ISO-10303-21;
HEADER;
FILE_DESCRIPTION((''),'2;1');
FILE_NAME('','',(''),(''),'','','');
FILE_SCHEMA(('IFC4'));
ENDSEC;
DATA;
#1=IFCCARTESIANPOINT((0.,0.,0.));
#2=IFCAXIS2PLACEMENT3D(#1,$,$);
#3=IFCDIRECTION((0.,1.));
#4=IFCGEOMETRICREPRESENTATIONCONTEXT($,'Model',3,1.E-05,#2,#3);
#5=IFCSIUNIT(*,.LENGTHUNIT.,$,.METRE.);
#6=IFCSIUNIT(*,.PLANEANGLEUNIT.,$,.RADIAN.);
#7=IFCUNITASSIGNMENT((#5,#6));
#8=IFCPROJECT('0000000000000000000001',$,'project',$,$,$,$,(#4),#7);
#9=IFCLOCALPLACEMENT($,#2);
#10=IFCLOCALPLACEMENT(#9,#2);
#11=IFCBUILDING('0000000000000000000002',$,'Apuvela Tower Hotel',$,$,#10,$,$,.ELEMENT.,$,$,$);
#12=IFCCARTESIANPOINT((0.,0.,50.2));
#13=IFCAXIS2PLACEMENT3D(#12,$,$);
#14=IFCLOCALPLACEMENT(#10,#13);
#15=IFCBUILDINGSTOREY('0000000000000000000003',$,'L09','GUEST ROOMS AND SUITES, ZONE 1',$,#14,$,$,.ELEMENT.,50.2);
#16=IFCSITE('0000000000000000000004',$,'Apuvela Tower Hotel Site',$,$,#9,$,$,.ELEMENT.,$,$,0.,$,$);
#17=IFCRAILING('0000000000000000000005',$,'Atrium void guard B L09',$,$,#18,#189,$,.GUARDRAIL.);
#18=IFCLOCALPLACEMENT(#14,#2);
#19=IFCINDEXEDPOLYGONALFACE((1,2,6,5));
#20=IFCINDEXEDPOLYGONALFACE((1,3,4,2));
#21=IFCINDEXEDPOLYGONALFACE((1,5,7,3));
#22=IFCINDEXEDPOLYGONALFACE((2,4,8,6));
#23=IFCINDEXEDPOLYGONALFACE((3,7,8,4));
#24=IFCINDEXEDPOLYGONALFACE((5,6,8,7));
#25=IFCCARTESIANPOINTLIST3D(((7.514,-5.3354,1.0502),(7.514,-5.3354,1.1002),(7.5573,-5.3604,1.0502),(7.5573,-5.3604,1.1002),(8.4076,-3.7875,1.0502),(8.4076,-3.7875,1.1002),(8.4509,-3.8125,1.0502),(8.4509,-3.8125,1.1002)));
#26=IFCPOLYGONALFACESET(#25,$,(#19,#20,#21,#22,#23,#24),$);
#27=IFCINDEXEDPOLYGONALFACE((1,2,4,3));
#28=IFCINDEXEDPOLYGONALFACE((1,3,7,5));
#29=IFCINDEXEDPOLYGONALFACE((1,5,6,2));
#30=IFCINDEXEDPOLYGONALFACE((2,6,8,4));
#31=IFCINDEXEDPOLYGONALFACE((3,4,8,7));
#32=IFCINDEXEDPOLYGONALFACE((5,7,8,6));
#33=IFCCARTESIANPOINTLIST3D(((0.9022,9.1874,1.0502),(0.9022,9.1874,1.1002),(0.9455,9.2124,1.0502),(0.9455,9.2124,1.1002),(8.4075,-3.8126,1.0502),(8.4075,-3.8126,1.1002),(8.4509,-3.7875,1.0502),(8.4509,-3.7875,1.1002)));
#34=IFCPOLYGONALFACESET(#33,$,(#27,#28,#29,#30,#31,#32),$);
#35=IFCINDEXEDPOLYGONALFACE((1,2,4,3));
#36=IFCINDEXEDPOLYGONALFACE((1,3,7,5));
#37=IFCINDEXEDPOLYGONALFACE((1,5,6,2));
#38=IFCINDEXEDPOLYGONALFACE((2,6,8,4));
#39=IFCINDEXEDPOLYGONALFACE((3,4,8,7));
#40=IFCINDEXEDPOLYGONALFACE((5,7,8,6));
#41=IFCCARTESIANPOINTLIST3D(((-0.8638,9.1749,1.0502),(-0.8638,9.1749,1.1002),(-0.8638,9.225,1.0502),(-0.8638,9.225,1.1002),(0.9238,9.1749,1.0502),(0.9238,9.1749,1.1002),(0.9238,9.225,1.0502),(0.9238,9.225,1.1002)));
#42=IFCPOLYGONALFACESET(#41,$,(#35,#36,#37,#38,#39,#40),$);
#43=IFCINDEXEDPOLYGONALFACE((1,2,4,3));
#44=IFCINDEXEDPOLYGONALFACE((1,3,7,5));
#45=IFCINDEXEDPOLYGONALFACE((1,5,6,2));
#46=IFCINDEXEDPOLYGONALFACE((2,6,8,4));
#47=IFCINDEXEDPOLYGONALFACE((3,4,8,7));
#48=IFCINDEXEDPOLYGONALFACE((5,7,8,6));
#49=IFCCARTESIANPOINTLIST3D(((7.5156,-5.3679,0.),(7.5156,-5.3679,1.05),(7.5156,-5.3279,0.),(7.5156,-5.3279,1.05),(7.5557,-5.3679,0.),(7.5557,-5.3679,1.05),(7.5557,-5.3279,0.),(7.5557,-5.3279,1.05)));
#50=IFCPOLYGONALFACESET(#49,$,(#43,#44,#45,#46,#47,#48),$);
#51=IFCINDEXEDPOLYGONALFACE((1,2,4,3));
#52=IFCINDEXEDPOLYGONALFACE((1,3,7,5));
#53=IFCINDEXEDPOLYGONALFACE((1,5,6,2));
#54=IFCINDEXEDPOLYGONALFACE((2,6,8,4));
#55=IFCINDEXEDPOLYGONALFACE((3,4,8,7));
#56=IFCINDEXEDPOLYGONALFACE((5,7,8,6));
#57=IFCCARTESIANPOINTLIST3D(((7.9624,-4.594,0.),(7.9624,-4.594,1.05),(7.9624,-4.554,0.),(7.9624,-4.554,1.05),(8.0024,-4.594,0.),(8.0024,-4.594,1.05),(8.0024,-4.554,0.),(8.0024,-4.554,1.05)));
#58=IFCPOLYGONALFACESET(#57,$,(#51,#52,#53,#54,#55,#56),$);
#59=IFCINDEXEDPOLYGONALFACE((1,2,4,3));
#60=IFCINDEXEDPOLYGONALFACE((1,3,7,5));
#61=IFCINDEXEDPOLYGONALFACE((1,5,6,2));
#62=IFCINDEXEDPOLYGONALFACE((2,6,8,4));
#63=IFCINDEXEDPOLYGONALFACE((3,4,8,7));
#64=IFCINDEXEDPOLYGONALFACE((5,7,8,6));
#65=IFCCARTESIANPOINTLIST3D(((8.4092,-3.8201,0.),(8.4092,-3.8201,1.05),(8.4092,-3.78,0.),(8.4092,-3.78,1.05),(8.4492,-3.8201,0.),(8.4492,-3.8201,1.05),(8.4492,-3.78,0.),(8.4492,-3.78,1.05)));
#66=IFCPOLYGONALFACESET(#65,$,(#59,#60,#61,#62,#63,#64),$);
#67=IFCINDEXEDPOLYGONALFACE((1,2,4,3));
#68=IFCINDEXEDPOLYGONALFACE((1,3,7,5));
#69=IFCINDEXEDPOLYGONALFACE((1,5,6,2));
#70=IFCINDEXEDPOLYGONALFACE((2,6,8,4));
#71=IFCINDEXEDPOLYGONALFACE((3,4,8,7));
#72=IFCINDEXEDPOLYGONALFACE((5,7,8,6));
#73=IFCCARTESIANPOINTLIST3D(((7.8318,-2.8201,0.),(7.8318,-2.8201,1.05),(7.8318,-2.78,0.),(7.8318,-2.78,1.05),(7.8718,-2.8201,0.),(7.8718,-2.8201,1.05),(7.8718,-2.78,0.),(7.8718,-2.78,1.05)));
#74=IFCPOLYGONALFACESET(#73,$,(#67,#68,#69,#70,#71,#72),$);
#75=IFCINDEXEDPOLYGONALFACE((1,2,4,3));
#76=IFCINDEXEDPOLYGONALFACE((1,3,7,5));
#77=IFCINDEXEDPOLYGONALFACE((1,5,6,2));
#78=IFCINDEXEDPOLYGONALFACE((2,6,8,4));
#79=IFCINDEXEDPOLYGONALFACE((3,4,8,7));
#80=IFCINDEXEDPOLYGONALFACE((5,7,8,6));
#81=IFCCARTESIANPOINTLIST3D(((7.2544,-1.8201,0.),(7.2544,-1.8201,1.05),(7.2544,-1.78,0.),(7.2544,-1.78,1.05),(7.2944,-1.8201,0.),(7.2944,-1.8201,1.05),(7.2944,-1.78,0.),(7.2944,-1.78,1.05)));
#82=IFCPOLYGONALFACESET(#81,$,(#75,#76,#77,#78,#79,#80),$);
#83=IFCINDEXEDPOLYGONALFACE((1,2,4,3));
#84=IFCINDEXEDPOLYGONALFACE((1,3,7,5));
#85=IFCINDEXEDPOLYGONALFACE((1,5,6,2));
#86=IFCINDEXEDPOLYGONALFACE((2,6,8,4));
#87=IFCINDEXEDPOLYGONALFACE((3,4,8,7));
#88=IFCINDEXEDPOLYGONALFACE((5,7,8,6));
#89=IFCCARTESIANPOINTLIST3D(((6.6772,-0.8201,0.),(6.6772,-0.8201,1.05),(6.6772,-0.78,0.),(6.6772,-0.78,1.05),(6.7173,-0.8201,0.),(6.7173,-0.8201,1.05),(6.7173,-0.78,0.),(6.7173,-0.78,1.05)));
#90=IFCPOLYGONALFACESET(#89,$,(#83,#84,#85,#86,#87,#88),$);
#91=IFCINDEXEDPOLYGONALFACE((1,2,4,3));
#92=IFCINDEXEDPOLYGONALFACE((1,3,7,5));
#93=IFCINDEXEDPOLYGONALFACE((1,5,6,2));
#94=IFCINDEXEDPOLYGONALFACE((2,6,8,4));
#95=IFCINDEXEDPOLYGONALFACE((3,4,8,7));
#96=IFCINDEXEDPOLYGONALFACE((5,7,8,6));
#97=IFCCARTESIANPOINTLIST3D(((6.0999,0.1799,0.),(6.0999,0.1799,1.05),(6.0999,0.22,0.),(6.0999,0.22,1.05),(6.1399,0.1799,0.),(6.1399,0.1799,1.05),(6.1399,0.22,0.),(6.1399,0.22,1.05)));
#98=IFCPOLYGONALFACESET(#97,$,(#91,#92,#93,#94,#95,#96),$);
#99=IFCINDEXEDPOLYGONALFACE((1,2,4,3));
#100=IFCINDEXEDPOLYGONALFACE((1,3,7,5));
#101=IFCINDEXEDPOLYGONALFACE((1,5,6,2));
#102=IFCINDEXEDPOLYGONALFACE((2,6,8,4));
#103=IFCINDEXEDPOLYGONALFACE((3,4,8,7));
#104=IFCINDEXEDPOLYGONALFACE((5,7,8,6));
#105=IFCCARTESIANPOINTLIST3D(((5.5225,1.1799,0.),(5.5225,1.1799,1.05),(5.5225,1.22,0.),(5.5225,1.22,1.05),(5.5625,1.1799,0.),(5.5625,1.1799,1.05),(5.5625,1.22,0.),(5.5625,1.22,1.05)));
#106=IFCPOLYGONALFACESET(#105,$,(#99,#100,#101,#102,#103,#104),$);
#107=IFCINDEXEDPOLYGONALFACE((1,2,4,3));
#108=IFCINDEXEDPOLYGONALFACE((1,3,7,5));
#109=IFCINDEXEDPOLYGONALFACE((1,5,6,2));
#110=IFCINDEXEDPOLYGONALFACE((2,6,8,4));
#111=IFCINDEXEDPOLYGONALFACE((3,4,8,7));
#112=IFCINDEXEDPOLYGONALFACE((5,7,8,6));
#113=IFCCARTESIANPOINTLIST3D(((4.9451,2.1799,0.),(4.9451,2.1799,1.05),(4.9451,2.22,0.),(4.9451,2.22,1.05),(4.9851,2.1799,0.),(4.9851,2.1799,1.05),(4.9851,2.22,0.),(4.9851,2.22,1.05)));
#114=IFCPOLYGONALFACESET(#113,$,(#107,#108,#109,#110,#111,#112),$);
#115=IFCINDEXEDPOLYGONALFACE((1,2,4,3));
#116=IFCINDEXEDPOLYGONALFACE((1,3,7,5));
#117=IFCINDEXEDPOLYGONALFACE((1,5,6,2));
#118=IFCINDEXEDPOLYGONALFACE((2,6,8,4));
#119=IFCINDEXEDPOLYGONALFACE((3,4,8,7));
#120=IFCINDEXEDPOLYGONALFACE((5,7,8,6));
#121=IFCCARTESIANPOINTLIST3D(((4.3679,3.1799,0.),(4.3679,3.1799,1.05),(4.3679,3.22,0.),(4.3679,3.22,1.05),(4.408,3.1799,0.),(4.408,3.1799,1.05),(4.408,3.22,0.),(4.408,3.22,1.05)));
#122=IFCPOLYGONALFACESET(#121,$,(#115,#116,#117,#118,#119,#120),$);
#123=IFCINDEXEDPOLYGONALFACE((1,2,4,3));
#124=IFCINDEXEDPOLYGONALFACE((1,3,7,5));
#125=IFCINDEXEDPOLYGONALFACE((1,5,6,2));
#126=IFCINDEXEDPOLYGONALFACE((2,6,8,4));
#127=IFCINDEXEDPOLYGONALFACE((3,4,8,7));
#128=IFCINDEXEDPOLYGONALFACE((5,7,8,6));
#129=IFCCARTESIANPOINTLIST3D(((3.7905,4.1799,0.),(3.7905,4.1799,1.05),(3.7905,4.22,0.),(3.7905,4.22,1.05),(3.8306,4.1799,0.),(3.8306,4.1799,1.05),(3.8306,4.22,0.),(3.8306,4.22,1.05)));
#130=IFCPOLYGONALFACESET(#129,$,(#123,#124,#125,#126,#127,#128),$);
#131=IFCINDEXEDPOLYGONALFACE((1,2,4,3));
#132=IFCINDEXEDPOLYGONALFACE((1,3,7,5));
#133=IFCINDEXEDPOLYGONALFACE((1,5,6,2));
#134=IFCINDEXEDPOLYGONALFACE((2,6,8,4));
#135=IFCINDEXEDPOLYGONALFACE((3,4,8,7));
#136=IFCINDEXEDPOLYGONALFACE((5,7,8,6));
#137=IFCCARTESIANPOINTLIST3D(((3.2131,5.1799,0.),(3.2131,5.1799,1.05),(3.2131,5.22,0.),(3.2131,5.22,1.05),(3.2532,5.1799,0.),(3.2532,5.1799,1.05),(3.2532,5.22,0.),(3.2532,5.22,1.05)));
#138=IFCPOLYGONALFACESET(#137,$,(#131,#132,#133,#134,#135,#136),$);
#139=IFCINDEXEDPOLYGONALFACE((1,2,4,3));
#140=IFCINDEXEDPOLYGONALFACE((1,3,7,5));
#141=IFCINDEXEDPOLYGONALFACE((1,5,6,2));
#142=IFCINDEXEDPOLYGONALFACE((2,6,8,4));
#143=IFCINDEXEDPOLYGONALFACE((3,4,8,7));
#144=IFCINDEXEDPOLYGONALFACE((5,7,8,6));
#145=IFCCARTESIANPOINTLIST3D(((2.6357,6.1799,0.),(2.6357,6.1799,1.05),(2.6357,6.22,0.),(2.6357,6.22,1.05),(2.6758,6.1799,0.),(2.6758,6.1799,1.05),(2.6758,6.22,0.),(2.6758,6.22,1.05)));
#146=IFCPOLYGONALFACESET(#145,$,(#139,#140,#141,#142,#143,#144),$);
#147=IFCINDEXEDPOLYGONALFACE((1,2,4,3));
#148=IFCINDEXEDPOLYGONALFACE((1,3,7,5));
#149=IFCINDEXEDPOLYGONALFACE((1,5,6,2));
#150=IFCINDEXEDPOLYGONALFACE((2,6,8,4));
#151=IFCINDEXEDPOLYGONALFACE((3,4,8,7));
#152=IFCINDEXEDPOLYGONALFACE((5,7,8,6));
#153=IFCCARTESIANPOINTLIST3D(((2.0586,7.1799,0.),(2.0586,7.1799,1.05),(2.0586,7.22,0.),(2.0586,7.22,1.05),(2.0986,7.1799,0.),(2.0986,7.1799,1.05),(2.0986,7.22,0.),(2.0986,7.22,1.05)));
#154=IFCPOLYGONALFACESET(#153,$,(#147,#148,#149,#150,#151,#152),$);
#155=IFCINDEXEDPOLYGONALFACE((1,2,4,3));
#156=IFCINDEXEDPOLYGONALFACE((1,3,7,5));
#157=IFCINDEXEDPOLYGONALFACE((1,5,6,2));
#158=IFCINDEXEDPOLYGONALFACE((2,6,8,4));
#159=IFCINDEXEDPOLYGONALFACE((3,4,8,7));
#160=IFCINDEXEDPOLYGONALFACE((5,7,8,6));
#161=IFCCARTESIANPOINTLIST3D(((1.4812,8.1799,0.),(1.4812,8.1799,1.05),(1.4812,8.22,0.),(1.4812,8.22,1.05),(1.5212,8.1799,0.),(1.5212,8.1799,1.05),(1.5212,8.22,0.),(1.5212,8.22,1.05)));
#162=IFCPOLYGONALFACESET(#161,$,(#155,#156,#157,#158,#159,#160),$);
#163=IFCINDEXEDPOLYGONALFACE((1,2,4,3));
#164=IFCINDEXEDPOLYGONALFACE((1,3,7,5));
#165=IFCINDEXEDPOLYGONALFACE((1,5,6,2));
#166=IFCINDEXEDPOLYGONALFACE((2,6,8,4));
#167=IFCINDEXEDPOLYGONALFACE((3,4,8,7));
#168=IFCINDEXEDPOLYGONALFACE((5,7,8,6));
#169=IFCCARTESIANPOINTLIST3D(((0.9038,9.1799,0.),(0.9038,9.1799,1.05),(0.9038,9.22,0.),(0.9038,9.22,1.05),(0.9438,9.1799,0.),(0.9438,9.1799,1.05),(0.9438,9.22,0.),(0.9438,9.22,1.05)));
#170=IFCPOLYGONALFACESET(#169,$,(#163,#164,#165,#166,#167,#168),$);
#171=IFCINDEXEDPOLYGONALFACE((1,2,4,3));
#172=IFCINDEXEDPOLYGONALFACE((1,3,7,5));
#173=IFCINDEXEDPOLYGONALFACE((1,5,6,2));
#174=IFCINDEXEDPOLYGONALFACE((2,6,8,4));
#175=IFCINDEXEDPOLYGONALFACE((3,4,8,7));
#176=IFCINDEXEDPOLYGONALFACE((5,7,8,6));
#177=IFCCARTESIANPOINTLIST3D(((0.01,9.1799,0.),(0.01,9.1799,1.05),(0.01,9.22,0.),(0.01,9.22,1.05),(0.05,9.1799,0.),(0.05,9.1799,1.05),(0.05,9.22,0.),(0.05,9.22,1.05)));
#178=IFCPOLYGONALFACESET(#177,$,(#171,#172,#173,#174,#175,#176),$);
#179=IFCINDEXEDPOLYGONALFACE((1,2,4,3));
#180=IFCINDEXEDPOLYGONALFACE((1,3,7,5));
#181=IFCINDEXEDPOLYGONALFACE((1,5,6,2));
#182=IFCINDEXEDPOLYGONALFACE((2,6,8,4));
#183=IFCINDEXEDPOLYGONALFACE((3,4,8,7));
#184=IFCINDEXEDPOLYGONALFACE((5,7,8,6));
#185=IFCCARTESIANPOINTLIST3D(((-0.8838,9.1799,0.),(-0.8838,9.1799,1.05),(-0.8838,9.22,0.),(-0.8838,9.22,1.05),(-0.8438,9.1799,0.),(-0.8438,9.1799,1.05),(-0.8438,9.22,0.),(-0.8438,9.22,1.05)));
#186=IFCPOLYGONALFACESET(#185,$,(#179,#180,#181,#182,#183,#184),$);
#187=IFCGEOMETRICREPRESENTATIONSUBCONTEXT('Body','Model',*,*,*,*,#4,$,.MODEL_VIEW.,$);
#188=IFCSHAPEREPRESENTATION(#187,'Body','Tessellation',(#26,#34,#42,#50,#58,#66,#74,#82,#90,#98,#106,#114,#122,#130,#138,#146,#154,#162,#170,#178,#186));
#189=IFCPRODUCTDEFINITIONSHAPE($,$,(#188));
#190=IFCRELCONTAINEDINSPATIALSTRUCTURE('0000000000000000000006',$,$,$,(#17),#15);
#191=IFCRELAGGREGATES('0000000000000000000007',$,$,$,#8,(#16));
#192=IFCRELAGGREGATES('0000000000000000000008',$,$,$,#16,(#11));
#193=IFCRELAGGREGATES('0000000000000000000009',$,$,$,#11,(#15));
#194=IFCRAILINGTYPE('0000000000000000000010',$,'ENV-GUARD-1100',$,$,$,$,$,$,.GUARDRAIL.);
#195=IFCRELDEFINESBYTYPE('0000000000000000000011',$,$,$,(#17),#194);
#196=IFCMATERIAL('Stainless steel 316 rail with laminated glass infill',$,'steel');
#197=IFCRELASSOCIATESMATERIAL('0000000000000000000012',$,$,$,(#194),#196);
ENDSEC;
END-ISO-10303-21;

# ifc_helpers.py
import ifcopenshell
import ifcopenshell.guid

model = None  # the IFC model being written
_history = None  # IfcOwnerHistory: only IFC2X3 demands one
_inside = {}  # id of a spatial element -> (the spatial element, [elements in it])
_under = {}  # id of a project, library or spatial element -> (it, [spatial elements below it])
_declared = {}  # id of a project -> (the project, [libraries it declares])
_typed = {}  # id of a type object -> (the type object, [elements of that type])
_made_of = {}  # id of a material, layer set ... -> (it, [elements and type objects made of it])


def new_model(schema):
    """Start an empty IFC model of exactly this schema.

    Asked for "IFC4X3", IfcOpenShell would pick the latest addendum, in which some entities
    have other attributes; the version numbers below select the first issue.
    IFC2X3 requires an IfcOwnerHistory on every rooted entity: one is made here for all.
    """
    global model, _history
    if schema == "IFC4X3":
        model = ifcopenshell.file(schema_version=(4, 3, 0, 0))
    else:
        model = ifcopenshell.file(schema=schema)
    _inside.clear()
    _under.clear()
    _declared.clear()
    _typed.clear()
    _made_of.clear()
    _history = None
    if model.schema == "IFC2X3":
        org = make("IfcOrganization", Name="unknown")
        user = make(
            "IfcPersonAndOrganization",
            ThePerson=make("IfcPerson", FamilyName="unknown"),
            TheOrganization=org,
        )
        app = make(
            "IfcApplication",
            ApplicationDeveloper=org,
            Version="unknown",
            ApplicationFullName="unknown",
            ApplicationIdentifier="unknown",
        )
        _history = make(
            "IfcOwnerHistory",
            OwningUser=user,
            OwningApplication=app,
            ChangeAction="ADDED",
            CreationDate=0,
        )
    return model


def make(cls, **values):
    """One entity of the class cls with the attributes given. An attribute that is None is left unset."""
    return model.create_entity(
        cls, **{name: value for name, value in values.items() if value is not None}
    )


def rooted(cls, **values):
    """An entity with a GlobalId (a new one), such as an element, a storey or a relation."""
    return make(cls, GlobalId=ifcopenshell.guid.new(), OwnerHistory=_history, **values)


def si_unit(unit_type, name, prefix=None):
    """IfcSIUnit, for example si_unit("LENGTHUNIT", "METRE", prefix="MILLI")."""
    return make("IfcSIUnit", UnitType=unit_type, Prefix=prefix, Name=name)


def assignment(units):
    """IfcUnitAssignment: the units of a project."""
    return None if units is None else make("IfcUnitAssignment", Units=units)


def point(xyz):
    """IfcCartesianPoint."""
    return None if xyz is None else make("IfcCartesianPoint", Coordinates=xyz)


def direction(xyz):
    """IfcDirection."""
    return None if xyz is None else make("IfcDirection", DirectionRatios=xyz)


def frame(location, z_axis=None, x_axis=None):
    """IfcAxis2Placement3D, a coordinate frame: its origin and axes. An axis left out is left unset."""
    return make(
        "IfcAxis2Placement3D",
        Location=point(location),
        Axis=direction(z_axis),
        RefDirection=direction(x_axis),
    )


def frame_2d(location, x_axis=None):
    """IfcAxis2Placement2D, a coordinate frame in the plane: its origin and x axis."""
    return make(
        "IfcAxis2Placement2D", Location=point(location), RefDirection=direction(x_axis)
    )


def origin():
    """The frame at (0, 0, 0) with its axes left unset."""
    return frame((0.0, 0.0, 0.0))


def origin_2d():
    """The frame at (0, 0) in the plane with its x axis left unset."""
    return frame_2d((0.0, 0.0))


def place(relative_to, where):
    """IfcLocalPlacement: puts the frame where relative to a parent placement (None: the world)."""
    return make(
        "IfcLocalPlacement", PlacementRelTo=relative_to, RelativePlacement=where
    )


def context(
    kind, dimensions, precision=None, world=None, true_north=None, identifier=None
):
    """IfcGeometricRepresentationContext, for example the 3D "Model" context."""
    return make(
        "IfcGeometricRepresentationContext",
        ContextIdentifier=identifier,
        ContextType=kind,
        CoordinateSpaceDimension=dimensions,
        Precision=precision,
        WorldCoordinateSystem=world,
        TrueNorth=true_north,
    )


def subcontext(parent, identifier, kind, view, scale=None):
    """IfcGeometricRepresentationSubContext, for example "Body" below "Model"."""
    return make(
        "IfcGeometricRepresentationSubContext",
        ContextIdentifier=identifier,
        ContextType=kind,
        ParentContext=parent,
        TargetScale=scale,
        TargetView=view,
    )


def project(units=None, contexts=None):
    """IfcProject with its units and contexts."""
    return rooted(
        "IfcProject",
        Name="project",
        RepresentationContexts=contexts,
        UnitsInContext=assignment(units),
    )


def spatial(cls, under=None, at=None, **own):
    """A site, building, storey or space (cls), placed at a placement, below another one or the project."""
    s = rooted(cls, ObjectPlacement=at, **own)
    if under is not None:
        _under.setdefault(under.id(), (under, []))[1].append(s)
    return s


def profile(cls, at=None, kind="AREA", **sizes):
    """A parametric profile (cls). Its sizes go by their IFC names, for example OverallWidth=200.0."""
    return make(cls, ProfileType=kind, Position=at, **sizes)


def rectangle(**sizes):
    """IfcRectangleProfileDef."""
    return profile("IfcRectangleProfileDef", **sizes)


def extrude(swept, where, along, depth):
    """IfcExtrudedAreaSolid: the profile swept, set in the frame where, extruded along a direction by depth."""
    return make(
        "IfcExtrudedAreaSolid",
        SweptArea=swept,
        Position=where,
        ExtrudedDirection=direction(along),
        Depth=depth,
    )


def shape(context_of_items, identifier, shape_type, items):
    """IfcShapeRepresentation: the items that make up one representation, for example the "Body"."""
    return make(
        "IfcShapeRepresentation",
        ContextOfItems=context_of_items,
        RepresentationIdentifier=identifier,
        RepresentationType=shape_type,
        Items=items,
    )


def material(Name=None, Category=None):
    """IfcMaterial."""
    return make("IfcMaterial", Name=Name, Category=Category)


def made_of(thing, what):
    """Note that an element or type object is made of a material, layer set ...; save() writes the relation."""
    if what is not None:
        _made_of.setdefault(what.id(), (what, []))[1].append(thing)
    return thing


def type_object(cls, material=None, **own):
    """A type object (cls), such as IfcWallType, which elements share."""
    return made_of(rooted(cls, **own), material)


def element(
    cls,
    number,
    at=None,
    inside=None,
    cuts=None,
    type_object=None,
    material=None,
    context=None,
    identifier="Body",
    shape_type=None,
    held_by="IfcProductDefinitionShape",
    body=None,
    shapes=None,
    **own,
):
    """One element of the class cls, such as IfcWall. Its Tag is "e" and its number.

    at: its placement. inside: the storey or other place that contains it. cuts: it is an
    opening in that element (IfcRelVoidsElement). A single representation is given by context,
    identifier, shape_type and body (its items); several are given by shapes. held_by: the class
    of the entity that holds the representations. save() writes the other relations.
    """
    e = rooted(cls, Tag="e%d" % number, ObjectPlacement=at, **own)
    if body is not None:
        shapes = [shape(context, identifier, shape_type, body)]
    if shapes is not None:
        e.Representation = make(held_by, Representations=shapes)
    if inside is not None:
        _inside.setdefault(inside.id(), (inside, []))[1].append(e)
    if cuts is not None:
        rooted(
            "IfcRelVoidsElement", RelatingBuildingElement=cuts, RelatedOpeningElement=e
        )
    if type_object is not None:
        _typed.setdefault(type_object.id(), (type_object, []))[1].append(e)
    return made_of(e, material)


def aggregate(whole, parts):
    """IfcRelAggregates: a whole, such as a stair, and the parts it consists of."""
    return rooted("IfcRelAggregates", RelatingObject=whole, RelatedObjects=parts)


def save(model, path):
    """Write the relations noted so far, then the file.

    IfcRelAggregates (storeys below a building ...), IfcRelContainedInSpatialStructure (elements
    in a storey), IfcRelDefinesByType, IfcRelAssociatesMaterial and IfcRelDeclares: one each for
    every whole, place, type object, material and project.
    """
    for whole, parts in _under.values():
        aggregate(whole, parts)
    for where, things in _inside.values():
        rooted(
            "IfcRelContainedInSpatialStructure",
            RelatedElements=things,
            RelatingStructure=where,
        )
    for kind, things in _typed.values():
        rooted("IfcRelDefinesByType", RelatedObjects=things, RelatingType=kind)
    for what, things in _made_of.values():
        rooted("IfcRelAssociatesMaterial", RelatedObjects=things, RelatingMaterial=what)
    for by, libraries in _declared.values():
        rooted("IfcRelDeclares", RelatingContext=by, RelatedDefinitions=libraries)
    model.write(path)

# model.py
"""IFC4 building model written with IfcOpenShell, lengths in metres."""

from ifc_helpers import new_model, si_unit, direction, frame, origin, origin_2d, place, context, subcontext, project, spatial, rectangle, extrude, material, type_object, element, save


model = new_model("IFC4")

# Units and contexts
model_context = context("Model", 3, precision=1e-05, world=origin(), true_north=direction((0.0, 1.0)))
body_context = subcontext(model_context, "Body", "Model", "MODEL_VIEW")
ifc_project = project(units=[si_unit("LENGTHUNIT", "METRE"), si_unit("PLANEANGLEUNIT", "RADIAN")], contexts=[model_context])

# Site, building, storey
site_placement = place(None, origin())
site = spatial("IfcSite", under=ifc_project, at=site_placement, Name="Apuvela Tower Hotel Site", CompositionType="ELEMENT", RefElevation=0.0)
building_placement = place(site_placement, origin())
building = spatial("IfcBuilding", under=site, at=building_placement, Name="Apuvela Tower Hotel", CompositionType="ELEMENT")
storey_placement = place(building_placement, frame((0.0, 0.0, 50.2)))
storey = spatial("IfcBuildingStorey", under=building, at=storey_placement, Name="L09", Description="GUEST ROOMS AND SUITES, ZONE 1", CompositionType="ELEMENT", Elevation=50.2)

# Railing
ifc_material_1 = material(Name="Stainless steel 316 rail with laminated glass infill", Category="steel")
railing_type = type_object("IfcRailingType", Name="ENV-GUARD-1100", PredefinedType="GUARDRAIL", material=ifc_material_1)
railing_placement = place(storey_placement, frame((7.5356, -5.3479, 0.0)))
element("IfcRailing", 1, at=railing_placement, inside=storey, type_object=railing_type, Name="Atrium void guard B L09", PredefinedType="GUARDRAIL", context=body_context, shape_type="SweptSolid", body=[
    extrude(rectangle(XDim=0.05, YDim=0.05, at=origin_2d()), frame((0.0, 0.0, 1.0752), z_axis=(0.499959, 0.866049, 0.0), x_axis=(-0.866049, 0.499959, 0.0)), (0.0, 0.0, 1.0), 1.7874),
    extrude(rectangle(XDim=0.05, YDim=0.05, at=origin_2d()), frame((0.8936, 1.5479, 1.0752), z_axis=(-0.499991, 0.866031, 0.0), x_axis=(-0.866031, -0.499991, 0.0)), (0.0, 0.0, 1.0), 15.011),
    extrude(rectangle(XDim=0.05, YDim=0.05, at=origin_2d()), frame((-6.6118, 14.5479, 1.0752), z_axis=(-1.0, 0.0, 0.0), x_axis=(0.0, -1.0, 0.0)), (0.0, 0.0, 1.0), 1.7876),
    extrude(rectangle(XDim=0.04, YDim=0.04, at=origin_2d()), origin(), (0.0, 0.0, 1.0), 1.05),
    extrude(rectangle(XDim=0.04, YDim=0.04, at=origin_2d()), frame((0.4468, 0.7739, 0.0)), (0.0, 0.0, 1.0), 1.05),
    extrude(rectangle(XDim=0.04, YDim=0.04, at=origin_2d()), frame((0.8936, 1.5479, 0.0)), (0.0, 0.0, 1.0), 1.05),
    extrude(rectangle(XDim=0.04, YDim=0.04, at=origin_2d()), frame((0.3162, 2.5479, 0.0)), (0.0, 0.0, 1.0), 1.05),
    extrude(rectangle(XDim=0.04, YDim=0.04, at=origin_2d()), frame((-0.2612, 3.5479, 0.0)), (0.0, 0.0, 1.0), 1.05),
    extrude(rectangle(XDim=0.04, YDim=0.04, at=origin_2d()), frame((-0.8384, 4.5479, 0.0)), (0.0, 0.0, 1.0), 1.05),
    extrude(rectangle(XDim=0.04, YDim=0.04, at=origin_2d()), frame((-1.4158, 5.5479, 0.0)), (0.0, 0.0, 1.0), 1.05),
    extrude(rectangle(XDim=0.04, YDim=0.04, at=origin_2d()), frame((-1.9932, 6.5479, 0.0)), (0.0, 0.0, 1.0), 1.05),
    extrude(rectangle(XDim=0.04, YDim=0.04, at=origin_2d()), frame((-2.5706, 7.5479, 0.0)), (0.0, 0.0, 1.0), 1.05),
    extrude(rectangle(XDim=0.04, YDim=0.04, at=origin_2d()), frame((-3.1477, 8.5479, 0.0)), (0.0, 0.0, 1.0), 1.05),
    extrude(rectangle(XDim=0.04, YDim=0.04, at=origin_2d()), frame((-3.7251, 9.5479, 0.0)), (0.0, 0.0, 1.0), 1.05),
    extrude(rectangle(XDim=0.04, YDim=0.04, at=origin_2d()), frame((-4.3025, 10.5479, 0.0)), (0.0, 0.0, 1.0), 1.05),
    extrude(rectangle(XDim=0.04, YDim=0.04, at=origin_2d()), frame((-4.8799, 11.5479, 0.0)), (0.0, 0.0, 1.0), 1.05),
    extrude(rectangle(XDim=0.04, YDim=0.04, at=origin_2d()), frame((-5.457, 12.5479, 0.0)), (0.0, 0.0, 1.0), 1.05),
    extrude(rectangle(XDim=0.04, YDim=0.04, at=origin_2d()), frame((-6.0344, 13.5479, 0.0)), (0.0, 0.0, 1.0), 1.05),
    extrude(rectangle(XDim=0.04, YDim=0.04, at=origin_2d()), frame((-6.6118, 14.5479, 0.0)), (0.0, 0.0, 1.0), 1.05),
    extrude(rectangle(XDim=0.04, YDim=0.04, at=origin_2d()), frame((-7.5056, 14.5479, 0.0)), (0.0, 0.0, 1.0), 1.05),
    extrude(rectangle(XDim=0.04, YDim=0.04, at=origin_2d()), frame((-8.3994, 14.5479, 0.0)), (0.0, 0.0, 1.0), 1.05),
])

save(model, "model.ifc")
